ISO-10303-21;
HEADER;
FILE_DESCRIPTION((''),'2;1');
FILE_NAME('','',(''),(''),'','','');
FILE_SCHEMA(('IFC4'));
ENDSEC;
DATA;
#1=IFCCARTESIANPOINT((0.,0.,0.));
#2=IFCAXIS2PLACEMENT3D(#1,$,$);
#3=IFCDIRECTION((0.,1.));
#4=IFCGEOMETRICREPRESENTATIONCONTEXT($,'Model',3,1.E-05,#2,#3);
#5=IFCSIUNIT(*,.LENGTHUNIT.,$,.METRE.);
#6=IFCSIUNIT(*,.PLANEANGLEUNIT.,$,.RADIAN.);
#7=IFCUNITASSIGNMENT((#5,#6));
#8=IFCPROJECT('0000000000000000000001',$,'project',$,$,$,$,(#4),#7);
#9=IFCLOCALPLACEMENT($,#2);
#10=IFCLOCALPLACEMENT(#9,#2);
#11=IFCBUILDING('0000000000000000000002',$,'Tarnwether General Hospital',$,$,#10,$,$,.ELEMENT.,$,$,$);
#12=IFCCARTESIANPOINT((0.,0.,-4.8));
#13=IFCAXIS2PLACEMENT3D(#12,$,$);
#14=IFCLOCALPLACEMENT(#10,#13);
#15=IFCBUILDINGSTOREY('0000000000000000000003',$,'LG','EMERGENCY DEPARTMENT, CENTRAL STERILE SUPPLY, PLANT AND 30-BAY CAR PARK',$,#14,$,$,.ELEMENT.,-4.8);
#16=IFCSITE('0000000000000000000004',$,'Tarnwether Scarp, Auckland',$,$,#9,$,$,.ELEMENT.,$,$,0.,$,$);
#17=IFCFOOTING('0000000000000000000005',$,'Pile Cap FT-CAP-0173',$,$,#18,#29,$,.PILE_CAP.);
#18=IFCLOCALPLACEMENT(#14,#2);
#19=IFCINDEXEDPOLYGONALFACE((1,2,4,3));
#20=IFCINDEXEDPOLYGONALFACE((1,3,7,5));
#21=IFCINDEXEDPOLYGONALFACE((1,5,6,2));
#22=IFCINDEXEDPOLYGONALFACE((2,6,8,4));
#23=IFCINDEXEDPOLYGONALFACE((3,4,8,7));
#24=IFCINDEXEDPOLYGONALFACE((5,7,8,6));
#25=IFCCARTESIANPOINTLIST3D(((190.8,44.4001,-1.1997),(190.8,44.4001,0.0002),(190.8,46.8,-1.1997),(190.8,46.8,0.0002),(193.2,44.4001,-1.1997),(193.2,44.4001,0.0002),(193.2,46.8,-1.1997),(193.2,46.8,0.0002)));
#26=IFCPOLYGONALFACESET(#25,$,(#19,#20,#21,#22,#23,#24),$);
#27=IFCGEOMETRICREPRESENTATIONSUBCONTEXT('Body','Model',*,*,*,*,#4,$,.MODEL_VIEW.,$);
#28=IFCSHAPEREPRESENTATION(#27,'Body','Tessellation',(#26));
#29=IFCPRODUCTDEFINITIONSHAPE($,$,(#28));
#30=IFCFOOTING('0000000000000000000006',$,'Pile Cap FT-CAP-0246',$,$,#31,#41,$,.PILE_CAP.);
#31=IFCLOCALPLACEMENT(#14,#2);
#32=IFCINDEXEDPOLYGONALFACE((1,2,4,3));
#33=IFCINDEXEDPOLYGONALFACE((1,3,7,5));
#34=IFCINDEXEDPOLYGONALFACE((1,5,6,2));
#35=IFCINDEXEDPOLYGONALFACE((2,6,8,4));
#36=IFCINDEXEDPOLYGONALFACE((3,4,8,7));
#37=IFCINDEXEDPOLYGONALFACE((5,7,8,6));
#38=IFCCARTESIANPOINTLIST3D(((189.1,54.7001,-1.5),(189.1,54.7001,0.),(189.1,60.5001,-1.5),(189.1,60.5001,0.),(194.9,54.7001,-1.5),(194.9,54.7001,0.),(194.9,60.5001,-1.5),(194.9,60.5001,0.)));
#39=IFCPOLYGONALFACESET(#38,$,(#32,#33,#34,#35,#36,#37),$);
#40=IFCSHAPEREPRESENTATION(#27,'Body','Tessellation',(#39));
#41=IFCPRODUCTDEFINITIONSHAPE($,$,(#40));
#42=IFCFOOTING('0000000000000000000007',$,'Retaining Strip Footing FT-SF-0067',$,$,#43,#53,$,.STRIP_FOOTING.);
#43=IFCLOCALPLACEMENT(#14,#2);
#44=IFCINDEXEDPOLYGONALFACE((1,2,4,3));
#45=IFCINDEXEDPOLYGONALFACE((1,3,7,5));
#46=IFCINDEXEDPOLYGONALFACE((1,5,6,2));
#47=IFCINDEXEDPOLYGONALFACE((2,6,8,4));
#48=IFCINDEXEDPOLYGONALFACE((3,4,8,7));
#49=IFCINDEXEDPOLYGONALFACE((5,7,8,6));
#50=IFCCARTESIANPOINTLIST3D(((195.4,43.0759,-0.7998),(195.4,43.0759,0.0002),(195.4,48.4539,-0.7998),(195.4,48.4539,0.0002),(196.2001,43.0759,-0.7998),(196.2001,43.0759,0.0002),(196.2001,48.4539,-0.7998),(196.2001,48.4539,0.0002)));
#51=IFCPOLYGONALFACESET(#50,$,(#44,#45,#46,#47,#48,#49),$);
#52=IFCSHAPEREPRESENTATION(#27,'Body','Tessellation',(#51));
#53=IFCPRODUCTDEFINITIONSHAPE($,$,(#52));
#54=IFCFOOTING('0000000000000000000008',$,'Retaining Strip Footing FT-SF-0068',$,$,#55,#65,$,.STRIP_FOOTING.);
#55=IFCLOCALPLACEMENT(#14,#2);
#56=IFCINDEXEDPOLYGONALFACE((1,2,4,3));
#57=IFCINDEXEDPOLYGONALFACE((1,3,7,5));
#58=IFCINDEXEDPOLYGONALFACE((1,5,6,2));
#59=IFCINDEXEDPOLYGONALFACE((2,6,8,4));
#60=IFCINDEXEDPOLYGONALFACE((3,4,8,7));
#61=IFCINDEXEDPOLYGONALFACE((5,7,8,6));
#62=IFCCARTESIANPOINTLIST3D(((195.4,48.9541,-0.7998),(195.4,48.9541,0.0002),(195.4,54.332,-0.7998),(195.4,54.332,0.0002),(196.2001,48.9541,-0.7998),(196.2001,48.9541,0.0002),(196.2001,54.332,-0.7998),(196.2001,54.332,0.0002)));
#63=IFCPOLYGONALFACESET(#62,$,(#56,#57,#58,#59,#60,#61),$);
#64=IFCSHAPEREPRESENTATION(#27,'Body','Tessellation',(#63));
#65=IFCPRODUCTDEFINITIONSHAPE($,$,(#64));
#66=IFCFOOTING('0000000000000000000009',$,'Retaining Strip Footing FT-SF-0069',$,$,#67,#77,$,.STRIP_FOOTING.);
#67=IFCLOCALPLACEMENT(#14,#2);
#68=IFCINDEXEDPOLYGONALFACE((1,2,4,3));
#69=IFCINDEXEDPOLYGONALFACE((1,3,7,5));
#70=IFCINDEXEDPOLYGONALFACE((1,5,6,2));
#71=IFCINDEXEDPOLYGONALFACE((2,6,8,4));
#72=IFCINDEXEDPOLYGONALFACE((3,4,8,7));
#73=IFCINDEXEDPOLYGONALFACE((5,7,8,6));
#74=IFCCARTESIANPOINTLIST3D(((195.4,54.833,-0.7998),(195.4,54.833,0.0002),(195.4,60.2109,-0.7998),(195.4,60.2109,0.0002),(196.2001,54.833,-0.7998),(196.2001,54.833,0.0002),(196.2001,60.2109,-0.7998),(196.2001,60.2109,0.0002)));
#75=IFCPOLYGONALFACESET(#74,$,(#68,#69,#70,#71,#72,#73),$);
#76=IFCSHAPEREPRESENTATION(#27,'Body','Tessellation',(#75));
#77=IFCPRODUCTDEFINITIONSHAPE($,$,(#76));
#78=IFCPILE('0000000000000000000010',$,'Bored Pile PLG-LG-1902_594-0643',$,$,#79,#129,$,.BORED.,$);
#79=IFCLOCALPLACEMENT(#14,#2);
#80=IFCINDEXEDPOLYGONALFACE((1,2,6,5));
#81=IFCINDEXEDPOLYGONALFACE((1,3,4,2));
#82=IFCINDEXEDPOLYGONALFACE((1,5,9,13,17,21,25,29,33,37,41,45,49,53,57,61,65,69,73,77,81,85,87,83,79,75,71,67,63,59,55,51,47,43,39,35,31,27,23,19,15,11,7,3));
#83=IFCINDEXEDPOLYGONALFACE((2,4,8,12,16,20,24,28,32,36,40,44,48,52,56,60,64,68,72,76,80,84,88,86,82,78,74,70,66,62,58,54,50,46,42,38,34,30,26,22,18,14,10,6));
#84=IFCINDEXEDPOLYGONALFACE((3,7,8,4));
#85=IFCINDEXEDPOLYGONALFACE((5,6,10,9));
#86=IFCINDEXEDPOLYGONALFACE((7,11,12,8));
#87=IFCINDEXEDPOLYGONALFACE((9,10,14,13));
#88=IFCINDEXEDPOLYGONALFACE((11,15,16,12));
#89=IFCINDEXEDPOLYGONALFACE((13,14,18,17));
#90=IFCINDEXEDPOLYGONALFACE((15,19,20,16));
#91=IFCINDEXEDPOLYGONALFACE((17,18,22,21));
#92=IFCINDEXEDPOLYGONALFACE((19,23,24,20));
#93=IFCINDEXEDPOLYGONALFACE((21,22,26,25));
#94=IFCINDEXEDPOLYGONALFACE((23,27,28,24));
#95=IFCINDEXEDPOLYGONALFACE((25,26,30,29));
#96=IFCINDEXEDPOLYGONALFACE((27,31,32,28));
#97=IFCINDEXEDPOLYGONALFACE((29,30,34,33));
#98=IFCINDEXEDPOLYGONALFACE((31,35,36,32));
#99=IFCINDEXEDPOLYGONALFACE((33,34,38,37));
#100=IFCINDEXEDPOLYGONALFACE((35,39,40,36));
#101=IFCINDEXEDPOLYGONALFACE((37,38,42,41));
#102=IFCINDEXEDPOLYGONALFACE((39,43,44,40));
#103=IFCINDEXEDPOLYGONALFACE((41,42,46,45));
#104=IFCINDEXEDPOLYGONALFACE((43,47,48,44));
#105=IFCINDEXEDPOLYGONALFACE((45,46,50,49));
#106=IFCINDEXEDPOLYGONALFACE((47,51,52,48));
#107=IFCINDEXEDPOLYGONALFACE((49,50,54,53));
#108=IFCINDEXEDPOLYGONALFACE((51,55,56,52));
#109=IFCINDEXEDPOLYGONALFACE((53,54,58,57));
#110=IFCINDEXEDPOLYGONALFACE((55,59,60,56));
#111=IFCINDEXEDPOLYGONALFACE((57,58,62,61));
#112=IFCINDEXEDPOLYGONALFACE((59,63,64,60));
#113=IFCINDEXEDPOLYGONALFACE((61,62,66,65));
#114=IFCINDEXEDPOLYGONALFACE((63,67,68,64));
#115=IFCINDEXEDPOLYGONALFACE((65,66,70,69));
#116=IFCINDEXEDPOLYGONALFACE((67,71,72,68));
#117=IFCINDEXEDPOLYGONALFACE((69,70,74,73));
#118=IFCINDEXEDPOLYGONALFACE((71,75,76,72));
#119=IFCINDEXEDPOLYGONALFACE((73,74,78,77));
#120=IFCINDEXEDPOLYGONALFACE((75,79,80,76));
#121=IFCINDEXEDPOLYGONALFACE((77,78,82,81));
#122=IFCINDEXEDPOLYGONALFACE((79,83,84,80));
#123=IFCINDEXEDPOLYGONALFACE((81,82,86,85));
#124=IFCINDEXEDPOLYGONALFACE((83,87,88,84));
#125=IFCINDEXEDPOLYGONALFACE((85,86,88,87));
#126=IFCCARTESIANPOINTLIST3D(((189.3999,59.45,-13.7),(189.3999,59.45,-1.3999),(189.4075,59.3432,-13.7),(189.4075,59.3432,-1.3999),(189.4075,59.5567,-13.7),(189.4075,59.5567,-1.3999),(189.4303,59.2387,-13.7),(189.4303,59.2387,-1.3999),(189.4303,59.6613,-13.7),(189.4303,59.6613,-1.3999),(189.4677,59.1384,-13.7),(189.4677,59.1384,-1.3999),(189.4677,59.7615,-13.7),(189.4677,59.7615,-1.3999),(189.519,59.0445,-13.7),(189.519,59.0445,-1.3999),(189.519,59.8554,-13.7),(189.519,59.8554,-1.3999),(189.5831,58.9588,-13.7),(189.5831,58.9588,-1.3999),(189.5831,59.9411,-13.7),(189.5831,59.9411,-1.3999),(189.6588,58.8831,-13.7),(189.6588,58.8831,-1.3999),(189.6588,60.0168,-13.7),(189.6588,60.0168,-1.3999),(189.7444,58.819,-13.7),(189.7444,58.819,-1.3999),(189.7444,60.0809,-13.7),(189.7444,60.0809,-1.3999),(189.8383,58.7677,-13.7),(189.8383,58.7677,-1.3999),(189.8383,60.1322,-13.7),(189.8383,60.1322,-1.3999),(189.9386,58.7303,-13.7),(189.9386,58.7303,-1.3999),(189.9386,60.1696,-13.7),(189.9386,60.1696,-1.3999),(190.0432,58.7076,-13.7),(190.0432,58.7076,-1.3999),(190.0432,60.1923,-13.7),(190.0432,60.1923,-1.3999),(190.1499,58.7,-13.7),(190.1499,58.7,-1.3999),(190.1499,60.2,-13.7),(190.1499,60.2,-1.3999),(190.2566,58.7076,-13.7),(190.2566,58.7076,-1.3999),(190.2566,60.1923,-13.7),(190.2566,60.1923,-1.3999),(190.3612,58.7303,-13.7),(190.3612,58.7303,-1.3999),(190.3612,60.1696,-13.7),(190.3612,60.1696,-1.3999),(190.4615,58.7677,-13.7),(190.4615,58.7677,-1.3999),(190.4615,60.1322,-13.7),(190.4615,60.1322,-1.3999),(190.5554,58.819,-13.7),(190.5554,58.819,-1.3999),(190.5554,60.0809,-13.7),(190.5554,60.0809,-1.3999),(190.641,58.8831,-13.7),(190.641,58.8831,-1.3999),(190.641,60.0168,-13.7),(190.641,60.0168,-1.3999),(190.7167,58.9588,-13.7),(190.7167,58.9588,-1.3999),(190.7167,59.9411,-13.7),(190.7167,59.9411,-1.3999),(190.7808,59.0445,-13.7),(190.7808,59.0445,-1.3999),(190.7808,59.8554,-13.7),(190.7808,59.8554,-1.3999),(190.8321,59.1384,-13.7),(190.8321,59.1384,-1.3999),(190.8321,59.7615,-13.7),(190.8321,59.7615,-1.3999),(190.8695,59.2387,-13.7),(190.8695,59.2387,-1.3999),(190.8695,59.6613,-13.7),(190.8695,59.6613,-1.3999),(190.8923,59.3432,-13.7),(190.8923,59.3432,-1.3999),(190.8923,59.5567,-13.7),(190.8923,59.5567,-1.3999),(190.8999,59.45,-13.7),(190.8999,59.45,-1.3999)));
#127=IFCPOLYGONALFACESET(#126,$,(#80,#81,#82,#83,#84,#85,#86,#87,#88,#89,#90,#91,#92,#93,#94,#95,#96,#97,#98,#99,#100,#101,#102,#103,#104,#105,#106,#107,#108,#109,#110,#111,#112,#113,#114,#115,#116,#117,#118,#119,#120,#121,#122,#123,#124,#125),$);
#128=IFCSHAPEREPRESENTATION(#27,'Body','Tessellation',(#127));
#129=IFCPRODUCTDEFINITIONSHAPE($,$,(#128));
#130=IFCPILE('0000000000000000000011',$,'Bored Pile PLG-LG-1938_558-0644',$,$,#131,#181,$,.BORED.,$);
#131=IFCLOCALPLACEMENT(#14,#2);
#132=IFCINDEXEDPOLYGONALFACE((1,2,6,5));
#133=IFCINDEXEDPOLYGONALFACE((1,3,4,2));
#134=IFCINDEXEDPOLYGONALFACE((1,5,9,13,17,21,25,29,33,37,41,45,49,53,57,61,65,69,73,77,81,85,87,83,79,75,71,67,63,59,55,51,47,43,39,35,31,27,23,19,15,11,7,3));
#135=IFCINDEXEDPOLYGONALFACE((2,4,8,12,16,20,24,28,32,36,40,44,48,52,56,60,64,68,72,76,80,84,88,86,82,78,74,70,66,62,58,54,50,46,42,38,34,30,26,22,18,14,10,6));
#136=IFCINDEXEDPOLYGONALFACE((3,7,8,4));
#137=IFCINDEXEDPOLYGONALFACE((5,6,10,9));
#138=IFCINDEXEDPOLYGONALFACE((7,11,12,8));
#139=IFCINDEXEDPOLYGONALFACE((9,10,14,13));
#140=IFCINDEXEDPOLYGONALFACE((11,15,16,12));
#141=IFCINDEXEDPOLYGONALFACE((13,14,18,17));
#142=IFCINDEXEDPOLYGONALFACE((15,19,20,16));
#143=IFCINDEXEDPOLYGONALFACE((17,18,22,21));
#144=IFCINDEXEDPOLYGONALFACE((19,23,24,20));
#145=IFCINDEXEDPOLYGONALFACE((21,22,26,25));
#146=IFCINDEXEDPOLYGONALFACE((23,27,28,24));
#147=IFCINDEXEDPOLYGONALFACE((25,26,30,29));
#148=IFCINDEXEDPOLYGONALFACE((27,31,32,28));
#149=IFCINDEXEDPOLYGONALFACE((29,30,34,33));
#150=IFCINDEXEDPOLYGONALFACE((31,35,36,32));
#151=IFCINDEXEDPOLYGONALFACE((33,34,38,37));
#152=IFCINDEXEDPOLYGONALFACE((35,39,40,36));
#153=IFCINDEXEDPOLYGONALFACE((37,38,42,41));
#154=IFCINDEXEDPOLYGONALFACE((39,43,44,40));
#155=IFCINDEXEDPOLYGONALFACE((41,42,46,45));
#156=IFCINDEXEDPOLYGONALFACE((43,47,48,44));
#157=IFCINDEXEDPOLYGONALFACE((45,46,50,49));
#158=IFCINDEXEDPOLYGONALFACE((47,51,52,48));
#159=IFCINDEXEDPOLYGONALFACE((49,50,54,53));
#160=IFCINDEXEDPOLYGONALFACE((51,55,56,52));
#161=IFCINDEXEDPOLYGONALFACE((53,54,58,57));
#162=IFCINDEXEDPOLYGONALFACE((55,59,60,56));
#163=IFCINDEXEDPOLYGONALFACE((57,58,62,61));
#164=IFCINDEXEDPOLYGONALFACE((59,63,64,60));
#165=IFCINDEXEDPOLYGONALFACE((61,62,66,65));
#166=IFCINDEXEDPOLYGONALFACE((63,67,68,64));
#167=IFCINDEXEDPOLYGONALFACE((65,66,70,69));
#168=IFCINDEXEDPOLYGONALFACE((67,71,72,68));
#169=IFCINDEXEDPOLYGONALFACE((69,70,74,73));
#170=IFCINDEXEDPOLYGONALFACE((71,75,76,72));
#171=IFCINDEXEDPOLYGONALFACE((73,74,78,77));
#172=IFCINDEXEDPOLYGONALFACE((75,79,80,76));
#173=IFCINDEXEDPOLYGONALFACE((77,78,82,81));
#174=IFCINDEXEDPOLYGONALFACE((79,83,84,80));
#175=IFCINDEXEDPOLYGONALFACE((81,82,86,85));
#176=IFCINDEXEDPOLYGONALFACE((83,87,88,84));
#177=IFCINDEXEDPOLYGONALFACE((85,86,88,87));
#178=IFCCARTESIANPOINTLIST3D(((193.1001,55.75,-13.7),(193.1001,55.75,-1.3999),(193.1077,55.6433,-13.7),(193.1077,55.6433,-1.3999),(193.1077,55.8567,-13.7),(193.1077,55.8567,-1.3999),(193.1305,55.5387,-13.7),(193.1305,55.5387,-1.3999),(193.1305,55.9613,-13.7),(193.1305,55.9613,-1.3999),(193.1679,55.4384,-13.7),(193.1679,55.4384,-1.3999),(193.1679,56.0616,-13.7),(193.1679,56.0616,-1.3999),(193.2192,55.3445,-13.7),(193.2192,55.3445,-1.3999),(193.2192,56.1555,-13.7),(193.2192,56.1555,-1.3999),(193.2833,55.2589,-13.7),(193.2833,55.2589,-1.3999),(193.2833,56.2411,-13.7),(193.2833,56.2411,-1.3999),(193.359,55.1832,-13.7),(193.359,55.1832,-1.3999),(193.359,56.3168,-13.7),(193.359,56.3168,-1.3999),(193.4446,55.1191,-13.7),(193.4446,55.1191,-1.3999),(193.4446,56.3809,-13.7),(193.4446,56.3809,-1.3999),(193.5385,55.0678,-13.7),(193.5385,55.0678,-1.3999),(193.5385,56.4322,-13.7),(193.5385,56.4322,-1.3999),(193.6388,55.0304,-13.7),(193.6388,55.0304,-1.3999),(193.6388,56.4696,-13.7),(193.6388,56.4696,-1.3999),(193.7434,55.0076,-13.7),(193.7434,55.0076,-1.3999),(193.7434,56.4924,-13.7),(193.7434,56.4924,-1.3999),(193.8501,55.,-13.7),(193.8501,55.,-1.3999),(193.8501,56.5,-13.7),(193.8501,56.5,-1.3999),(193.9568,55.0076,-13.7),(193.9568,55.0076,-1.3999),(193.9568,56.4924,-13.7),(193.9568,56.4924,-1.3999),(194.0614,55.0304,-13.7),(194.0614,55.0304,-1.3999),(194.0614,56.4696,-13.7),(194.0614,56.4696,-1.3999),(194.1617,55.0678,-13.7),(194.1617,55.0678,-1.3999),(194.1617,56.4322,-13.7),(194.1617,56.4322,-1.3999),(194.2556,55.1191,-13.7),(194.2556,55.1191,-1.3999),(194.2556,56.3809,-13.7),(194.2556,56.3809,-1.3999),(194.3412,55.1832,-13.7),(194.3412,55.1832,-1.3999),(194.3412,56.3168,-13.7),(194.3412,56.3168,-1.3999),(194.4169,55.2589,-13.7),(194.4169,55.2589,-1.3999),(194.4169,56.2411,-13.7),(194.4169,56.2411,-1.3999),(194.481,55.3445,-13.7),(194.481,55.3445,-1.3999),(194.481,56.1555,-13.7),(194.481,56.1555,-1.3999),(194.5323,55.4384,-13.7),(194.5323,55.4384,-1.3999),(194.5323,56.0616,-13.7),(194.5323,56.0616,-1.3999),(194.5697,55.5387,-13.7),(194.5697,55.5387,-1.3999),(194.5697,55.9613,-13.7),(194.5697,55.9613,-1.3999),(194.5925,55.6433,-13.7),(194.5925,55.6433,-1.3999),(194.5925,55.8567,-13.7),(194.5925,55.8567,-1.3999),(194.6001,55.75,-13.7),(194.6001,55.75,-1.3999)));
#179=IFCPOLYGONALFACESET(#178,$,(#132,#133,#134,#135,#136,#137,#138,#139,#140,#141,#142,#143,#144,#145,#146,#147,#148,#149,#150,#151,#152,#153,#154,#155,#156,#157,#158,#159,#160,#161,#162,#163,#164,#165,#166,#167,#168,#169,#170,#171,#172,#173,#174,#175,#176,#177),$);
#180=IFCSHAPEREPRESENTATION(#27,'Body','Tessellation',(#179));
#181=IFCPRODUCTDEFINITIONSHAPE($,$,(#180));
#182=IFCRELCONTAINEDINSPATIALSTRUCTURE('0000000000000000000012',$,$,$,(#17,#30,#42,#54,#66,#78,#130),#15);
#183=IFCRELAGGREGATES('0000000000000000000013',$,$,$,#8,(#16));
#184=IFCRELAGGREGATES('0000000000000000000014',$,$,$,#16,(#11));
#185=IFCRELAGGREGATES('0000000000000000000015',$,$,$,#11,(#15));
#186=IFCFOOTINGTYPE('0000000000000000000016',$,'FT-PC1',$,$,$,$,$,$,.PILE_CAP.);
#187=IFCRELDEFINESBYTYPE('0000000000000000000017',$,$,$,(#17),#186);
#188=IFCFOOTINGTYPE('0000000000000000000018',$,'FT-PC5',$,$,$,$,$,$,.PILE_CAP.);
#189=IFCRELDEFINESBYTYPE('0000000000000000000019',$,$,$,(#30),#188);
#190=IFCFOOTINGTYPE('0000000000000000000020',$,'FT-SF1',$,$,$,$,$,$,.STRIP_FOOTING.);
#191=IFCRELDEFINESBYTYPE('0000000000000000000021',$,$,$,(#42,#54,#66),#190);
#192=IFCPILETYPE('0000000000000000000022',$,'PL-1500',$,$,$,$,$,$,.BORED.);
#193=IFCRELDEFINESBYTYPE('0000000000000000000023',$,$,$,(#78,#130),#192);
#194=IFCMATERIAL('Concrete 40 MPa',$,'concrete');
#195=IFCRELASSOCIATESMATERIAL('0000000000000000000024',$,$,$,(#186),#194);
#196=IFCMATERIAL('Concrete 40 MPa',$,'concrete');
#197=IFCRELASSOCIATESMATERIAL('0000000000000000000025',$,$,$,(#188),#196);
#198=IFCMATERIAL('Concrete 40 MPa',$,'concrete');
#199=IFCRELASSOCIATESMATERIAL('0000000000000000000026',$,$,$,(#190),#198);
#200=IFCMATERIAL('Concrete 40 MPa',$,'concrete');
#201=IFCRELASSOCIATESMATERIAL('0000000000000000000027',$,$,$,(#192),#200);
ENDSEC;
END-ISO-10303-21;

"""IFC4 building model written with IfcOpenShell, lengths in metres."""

from ifc_helpers import new_model, si_unit, direction, frame, origin, origin_2d, place, context, subcontext, project, spatial, rectangle, circle, extrude, material, material_profile, profile_set, type_object, element, save


model = new_model("IFC4")

# Units and contexts
model_context = context("Model", 3, precision=1e-05, world=origin(), true_north=direction((0.0, 1.0)))
body_context = subcontext(model_context, "Body", "Model", "MODEL_VIEW")
ifc_project = project(units=[si_unit("LENGTHUNIT", "METRE"), si_unit("PLANEANGLEUNIT", "RADIAN")], contexts=[model_context])

# Site, building, storey
site_placement = place(None, origin())
site = spatial("IfcSite", under=ifc_project, at=site_placement, Name="Tarnwether Scarp, Auckland", CompositionType="ELEMENT", RefElevation=0.0)
building_placement = place(site_placement, origin())
building = spatial("IfcBuilding", under=site, at=building_placement, Name="Tarnwether General Hospital", CompositionType="ELEMENT")
storey_placement = place(building_placement, frame((0.0, 0.0, -4.8)))
storey = spatial("IfcBuildingStorey", under=building, at=storey_placement, Name="LG", Description="EMERGENCY DEPARTMENT, CENTRAL STERILE SUPPLY, PLANT AND 30-BAY CAR PARK", CompositionType="ELEMENT", Elevation=-4.8)

# Footings
ifc_material_1 = material(Name="Concrete 40 MPa", Category="concrete")
footing_type_1 = type_object("IfcFootingType", Name="FT-PC1", PredefinedType="PILE_CAP", material=ifc_material_1)
footing_1_placement = place(storey_placement, frame((192.0, 45.6001, -1.1997), z_axis=(0.0, 0.0, 1.0), x_axis=(1.0, 0.0, 0.0)))
element("IfcFooting", 1, at=footing_1_placement, inside=storey, type_object=footing_type_1, Name="Pile Cap FT-CAP-0173", PredefinedType="PILE_CAP", context=body_context, shape_type="SweptSolid", body=[
    extrude(rectangle(XDim=2.3999, YDim=2.3999, at=origin_2d()), origin(), (0.0, 0.0, 1.0), 1.2),
])
ifc_material_2 = material(Name="Concrete 40 MPa", Category="concrete")
footing_type_2 = type_object("IfcFootingType", Name="FT-PC5", PredefinedType="PILE_CAP", material=ifc_material_2)
footing_2_placement = place(storey_placement, frame((192.0, 57.6001, -1.5), z_axis=(0.0, 0.0, 1.0), x_axis=(1.0, 0.0, 0.0)))
element("IfcFooting", 2, at=footing_2_placement, inside=storey, type_object=footing_type_2, Name="Pile Cap FT-CAP-0246", PredefinedType="PILE_CAP", context=body_context, shape_type="SweptSolid", body=[
    extrude(rectangle(XDim=5.8, YDim=5.8, at=origin_2d()), origin(), (0.0, 0.0, 1.0), 1.5),
])
ifc_material_3 = material(Name="Concrete 40 MPa", Category="concrete")
footing_type_3 = type_object("IfcFootingType", Name="FT-SF1", PredefinedType="STRIP_FOOTING", material=ifc_material_3)
for number, where, z_axis, x_axis, name in (
    (3, (195.8, 45.7649, -0.7998), (0.0, 0.0, 1.0), (0.0, 1.0, 0.0), "Retaining Strip Footing FT-SF-0067"),
    (4, (195.8, 51.6431, -0.7998), (0.0, 0.0, 1.0), (0.0, 1.0, 0.0), "Retaining Strip Footing FT-SF-0068"),
    (5, (195.8, 57.522, -0.7998), (0.0, 0.0, 1.0), (0.0, 1.0, 0.0), "Retaining Strip Footing FT-SF-0069"),
):
    element("IfcFooting", number, at=place(storey_placement, frame(where, z_axis=z_axis, x_axis=x_axis)), inside=storey, type_object=footing_type_3, Name=name, PredefinedType="STRIP_FOOTING", context=body_context, shape_type="SweptSolid", body=[
        extrude(rectangle(XDim=5.3779, YDim=0.8, at=origin_2d()), origin(), (0.0, 0.0, 1.0), 0.8),
    ])

# Piles
ifc_material_4 = material(Name="Concrete 40 MPa", Category="concrete")
ifc_material_profile_1 = material_profile(ifc_material_4, circle(Radius=0.75, at=origin_2d()), Name="PILE-D1500")
ifc_profile_set_1 = profile_set([ifc_material_profile_1], Name="Concrete 40 MPa")
pile_type_1 = type_object("IfcPileType", Name="PL-1500", PredefinedType="BORED", material=ifc_profile_set_1)
for number, where, z_axis, x_axis, name in (
    (6, (190.1499, 59.45, -1.3999), (0.0, 0.0, -1.0), (1.0, 0.0, 0.0), "Bored Pile PLG-LG-1902_594-0643"),
    (7, (193.8501, 55.75, -1.3999), (0.0, 0.0, -1.0), (1.0, 0.0, 0.0), "Bored Pile PLG-LG-1938_558-0644"),
):
    element("IfcPile", number, at=place(storey_placement, frame(where, z_axis=z_axis, x_axis=x_axis)), inside=storey, type_object=pile_type_1, Name=name, PredefinedType="BORED", context=body_context, shape_type="SweptSolid", body=[
        extrude(circle(Radius=0.75, at=origin_2d()), origin(), (0.0, 0.0, 1.0), 12.3),
    ])

save(model, "model.ifc")
